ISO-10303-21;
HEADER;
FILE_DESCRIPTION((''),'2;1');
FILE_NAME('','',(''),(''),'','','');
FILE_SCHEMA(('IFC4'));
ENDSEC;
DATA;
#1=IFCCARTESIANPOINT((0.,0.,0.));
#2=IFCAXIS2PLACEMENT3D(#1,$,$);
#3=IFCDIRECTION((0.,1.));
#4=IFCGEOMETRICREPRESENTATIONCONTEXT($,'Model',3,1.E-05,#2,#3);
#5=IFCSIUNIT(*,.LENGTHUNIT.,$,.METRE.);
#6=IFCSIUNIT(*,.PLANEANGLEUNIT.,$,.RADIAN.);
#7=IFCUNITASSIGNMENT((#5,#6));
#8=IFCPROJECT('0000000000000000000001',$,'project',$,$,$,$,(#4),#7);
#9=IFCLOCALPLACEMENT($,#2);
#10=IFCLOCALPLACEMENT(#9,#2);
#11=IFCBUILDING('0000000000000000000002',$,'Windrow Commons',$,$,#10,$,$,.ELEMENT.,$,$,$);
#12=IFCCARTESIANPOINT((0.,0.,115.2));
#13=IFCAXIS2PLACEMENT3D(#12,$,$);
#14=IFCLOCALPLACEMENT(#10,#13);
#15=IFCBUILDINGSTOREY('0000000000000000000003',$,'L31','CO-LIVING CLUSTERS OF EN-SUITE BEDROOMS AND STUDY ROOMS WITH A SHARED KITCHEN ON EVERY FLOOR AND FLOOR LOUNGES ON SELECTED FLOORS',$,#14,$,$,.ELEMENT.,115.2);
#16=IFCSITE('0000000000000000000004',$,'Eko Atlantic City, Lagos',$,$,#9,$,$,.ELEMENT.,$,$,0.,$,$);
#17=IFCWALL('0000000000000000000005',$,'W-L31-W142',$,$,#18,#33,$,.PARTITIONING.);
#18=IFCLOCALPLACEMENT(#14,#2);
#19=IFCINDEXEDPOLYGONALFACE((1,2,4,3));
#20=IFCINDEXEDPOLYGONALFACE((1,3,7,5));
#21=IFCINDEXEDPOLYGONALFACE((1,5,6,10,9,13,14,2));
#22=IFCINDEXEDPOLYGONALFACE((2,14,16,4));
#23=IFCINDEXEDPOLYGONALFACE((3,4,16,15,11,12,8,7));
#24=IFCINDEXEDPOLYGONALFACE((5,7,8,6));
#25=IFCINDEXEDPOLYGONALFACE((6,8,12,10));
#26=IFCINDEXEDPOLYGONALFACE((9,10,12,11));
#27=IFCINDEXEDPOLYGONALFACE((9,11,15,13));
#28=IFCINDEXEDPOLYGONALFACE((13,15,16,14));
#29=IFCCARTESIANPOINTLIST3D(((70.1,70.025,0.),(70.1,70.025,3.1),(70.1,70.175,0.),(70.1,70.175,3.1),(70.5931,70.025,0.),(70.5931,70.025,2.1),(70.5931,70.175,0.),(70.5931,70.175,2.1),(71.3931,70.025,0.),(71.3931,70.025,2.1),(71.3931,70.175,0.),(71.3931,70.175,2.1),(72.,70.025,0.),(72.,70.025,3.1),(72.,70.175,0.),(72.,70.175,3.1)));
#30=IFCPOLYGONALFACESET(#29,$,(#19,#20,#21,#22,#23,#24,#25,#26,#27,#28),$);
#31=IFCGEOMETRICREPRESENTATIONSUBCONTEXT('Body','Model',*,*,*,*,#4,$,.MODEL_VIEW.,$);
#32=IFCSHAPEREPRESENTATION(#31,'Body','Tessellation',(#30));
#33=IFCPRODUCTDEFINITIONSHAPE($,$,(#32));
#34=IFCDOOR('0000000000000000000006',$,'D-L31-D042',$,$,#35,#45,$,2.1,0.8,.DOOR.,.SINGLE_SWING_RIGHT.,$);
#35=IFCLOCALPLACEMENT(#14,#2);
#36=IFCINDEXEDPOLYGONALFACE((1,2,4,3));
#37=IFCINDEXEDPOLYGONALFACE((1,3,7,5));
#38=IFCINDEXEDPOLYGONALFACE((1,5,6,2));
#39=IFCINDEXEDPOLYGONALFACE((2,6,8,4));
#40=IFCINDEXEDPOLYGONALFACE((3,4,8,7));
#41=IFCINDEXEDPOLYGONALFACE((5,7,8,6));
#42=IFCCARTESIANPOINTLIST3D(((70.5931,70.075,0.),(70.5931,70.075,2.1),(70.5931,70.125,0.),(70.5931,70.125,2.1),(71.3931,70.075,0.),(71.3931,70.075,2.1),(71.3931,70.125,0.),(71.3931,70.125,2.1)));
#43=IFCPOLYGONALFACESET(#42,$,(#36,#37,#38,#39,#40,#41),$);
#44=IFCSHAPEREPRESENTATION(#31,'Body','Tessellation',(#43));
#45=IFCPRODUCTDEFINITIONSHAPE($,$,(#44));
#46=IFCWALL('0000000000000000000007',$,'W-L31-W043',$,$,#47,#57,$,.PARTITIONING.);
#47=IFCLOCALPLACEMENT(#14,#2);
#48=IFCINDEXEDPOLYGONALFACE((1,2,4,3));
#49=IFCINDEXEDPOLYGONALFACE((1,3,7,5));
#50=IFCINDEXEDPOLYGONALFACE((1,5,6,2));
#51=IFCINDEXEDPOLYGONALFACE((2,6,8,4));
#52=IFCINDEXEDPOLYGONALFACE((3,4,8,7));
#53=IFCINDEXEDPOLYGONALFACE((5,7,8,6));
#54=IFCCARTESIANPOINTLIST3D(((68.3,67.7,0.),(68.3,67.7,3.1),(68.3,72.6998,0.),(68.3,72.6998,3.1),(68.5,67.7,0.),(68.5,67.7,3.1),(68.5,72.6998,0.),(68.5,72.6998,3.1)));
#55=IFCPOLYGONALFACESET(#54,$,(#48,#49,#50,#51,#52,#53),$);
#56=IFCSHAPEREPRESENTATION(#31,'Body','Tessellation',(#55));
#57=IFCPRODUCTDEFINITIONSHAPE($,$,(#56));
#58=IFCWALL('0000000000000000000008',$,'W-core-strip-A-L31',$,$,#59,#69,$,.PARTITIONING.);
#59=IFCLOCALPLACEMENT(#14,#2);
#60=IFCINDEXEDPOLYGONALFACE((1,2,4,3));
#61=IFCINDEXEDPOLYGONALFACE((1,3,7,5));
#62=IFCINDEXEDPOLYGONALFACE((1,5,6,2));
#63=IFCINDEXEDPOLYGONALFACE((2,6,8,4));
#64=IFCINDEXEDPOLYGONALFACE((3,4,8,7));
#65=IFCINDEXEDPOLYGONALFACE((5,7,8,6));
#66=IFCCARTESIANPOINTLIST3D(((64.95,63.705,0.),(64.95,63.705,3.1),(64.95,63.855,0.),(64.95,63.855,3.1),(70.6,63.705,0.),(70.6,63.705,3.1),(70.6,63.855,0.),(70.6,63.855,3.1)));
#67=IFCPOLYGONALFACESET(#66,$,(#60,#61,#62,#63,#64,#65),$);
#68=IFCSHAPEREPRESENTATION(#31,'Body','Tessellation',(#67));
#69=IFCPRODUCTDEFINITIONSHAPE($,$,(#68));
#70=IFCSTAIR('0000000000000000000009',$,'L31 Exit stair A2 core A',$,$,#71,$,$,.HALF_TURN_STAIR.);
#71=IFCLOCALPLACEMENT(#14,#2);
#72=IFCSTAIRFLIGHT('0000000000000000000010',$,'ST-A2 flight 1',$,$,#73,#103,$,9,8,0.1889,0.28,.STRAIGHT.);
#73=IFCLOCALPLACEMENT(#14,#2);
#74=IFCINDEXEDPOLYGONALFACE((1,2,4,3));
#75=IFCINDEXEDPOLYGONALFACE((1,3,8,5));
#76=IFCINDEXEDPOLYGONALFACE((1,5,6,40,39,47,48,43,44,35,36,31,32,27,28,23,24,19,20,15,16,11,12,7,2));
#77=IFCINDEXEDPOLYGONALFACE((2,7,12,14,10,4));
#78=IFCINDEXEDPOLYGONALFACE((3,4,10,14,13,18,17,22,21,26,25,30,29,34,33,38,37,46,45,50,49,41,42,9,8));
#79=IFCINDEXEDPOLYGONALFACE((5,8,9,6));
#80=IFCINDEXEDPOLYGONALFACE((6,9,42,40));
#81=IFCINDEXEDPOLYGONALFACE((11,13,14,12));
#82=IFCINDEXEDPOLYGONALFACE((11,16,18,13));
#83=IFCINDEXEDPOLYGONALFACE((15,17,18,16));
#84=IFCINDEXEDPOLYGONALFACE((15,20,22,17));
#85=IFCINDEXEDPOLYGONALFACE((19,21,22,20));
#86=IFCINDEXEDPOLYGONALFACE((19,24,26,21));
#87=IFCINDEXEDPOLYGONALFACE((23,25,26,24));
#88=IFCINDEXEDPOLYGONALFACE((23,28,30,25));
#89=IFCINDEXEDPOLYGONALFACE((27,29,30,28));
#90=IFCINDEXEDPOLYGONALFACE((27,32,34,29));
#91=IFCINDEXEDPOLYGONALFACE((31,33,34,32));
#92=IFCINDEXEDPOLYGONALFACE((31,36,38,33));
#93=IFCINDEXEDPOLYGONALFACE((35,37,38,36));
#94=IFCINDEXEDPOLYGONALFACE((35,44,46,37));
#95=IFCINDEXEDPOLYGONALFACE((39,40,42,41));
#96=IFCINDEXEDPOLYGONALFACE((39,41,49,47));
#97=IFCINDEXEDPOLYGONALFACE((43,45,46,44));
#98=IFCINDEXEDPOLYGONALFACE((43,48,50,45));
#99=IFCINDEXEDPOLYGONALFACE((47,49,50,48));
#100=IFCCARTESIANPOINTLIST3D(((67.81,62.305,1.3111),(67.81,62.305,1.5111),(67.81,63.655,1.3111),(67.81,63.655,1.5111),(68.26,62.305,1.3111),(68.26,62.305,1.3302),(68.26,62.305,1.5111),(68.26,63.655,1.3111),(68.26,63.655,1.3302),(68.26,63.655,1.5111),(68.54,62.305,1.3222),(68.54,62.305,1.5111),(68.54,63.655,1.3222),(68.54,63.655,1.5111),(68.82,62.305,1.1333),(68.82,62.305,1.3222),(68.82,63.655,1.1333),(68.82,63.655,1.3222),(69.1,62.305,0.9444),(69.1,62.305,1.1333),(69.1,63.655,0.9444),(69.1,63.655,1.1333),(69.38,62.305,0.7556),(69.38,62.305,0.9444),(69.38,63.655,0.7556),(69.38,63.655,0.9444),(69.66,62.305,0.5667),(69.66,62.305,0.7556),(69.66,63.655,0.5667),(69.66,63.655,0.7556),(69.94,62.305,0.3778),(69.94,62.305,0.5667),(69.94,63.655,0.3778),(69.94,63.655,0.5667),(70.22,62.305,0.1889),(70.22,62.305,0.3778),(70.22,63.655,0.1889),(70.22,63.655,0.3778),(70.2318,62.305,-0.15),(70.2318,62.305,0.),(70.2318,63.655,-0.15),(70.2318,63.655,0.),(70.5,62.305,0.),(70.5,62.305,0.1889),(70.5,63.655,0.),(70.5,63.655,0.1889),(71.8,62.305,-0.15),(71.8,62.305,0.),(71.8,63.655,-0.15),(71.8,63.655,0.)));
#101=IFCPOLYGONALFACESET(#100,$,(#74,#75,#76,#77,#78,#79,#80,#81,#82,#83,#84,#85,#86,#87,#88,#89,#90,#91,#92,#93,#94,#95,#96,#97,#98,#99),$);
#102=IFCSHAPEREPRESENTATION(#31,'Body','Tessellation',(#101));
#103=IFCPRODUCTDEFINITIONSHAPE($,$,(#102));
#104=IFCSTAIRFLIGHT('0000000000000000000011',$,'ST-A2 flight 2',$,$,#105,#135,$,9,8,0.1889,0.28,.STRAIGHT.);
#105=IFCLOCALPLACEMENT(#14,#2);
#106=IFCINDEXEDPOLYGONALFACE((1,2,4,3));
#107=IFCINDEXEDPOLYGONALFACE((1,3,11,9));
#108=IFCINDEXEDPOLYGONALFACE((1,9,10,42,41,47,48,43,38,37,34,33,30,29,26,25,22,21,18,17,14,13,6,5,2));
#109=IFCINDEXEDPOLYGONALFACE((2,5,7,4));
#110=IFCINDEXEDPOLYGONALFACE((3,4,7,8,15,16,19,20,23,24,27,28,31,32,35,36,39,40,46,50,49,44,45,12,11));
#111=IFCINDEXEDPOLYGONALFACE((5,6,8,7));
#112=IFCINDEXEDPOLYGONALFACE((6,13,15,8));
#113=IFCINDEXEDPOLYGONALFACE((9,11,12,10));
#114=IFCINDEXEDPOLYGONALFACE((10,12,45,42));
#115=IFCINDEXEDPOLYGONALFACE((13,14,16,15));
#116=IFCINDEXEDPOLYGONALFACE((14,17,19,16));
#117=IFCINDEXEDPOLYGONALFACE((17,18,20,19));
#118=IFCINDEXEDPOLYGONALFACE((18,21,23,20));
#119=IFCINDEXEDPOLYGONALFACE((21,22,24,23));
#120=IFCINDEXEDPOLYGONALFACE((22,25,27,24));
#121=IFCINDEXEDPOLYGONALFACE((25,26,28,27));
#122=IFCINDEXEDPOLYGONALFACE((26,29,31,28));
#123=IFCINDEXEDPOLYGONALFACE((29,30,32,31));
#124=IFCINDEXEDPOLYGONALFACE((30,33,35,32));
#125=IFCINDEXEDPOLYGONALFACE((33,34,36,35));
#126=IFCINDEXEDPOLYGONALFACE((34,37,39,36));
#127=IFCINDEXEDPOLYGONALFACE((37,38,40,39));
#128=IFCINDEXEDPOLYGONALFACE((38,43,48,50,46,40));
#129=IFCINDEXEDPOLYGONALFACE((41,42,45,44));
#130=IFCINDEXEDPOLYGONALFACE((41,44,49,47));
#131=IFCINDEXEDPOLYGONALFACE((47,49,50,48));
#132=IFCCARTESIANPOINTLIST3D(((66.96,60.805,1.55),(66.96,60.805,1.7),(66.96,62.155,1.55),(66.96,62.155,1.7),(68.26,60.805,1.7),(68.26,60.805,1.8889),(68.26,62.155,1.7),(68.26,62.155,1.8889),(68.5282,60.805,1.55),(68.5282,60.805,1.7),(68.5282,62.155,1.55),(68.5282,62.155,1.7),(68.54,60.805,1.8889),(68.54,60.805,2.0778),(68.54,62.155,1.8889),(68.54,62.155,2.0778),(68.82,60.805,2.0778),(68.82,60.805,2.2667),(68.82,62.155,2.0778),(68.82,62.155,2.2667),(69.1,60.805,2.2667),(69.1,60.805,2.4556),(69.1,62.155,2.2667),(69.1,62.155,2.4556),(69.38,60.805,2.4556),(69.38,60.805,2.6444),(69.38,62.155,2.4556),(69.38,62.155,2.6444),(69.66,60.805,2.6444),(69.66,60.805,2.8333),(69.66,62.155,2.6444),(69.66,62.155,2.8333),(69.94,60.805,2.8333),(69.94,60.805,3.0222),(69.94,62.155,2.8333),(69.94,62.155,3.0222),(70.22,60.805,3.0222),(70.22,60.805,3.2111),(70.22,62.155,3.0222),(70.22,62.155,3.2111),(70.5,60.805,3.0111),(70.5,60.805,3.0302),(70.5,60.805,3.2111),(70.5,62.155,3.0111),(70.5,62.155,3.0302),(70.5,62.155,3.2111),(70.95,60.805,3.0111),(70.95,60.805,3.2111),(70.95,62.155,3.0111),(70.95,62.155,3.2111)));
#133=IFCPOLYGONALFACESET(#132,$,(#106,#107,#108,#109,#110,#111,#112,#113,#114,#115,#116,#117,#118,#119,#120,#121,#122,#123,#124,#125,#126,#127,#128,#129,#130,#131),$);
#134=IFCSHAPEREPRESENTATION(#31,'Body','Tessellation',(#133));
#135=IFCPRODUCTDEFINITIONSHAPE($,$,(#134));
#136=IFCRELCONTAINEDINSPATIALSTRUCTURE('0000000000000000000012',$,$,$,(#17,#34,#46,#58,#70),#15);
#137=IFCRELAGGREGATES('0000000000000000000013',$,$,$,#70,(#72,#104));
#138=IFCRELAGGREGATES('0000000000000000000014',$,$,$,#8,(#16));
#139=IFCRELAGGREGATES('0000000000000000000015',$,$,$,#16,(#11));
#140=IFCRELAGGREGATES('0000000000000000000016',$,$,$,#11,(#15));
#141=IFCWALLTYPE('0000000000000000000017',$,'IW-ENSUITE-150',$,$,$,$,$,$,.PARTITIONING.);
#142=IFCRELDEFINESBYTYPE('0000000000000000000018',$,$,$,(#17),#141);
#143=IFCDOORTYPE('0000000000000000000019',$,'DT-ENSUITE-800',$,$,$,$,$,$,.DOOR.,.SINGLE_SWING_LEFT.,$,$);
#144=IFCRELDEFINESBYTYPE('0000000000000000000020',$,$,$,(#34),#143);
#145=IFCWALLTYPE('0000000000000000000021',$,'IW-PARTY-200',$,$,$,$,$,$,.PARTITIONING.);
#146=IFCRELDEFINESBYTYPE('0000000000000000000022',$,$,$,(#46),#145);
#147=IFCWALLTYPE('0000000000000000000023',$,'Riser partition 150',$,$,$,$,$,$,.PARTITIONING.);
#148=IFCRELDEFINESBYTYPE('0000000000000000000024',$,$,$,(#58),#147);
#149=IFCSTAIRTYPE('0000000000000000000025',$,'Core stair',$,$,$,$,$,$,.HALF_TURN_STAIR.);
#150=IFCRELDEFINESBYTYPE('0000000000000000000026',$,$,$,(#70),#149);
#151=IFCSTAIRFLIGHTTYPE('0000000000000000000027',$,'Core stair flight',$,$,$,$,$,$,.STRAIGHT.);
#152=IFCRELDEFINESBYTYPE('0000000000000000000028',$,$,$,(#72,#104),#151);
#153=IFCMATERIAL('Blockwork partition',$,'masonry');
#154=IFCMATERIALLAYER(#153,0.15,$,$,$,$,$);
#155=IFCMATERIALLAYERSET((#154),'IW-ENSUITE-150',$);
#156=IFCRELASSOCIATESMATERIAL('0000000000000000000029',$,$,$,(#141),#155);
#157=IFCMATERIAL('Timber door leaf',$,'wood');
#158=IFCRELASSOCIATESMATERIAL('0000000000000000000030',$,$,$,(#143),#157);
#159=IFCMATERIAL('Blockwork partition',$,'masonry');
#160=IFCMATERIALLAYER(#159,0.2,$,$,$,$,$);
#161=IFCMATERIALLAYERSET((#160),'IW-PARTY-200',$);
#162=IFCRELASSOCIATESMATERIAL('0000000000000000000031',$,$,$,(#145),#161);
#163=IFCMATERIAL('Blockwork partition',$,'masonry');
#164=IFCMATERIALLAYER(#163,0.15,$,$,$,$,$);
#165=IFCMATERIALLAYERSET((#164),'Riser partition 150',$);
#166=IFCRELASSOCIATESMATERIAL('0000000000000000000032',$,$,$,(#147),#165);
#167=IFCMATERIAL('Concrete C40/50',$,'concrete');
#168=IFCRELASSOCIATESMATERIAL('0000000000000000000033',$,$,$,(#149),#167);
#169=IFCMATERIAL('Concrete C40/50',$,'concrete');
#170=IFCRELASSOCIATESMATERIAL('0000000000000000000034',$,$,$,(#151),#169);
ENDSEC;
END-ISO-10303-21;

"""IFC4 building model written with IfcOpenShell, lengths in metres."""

from ifc_helpers import new_model, si_unit, direction, frame, frame_2d, origin, place, context, subcontext, project, spatial, polyline, rectangle, outline, extrude, material, layer, layer_set, type_object, element, fill, aggregate, save


model = new_model("IFC4")

# Units and contexts
model_context = context("Model", 3, precision=1e-05, world=origin(), true_north=direction((0.0, 1.0)))
body_context = subcontext(model_context, "Body", "Model", "MODEL_VIEW")
ifc_project = project(units=[si_unit("LENGTHUNIT", "METRE"), si_unit("PLANEANGLEUNIT", "RADIAN")], contexts=[model_context])

# Site, building, storey
site_placement = place(None, origin())
site = spatial("IfcSite", under=ifc_project, at=site_placement, Name="Eko Atlantic City, Lagos", CompositionType="ELEMENT", RefElevation=0.0)
building_placement = place(site_placement, origin())
building = spatial("IfcBuilding", under=site, at=building_placement, Name="Windrow Commons", CompositionType="ELEMENT")
storey_placement = place(building_placement, frame((0.0, 0.0, 115.2)))
storey = spatial("IfcBuildingStorey", under=building, at=storey_placement, Name="L31", Description="CO-LIVING CLUSTERS OF EN-SUITE BEDROOMS AND STUDY ROOMS WITH A SHARED KITCHEN ON EVERY FLOOR AND FLOOR LOUNGES ON SELECTED FLOORS", CompositionType="ELEMENT", Elevation=115.2)

# Shared definitions
ifc_material_1 = material(Name="Blockwork partition", Category="masonry")
ifc_layer_1 = layer(ifc_material_1, 0.15)
ifc_layer_set_1 = layer_set([ifc_layer_1], Name="IW-ENSUITE-150")
wall_type_1 = type_object("IfcWallType", Name="IW-ENSUITE-150", PredefinedType="PARTITIONING", material=ifc_layer_set_1)

# Wall, opening, door
wall_1_placement = place(storey_placement, frame((70.1, 70.1, 0.0), z_axis=(0.0, 0.0, 1.0), x_axis=(1.0, 0.0, 0.0)))
wall_1 = element("IfcWall", 1, at=wall_1_placement, inside=storey, type_object=wall_type_1, Name="W-L31-W142", PredefinedType="PARTITIONING", context=body_context, shape_type="SweptSolid", body=[
    extrude(rectangle(XDim=1.9, YDim=0.15, at=frame_2d((0.95, 0.0))), origin(), (0.0, 0.0, 1.0), 3.1),
])
opening_1_placement = place(wall_1_placement, frame((0.4931, 0.0, 0.0)))
opening_1 = element("IfcOpeningElement", 2, at=opening_1_placement, cuts=wall_1, PredefinedType="OPENING", context=body_context, shape_type="SweptSolid", body=[
    extrude(rectangle(XDim=0.8, YDim=2.1, at=frame_2d((0.4, 1.05))), frame((0.0, 0.085, 0.0), z_axis=(0.0, -1.0, 0.0), x_axis=(1.0, 0.0, 0.0)), (0.0, 0.0, 1.0), 0.17),
])
ifc_material_2 = material(Name="Timber door leaf", Category="wood")
door_type = type_object("IfcDoorType", Name="DT-ENSUITE-800", OperationType="SINGLE_SWING_LEFT", PredefinedType="DOOR", material=ifc_material_2)
door_placement = place(opening_1_placement, origin())
door = element("IfcDoor", 3, at=door_placement, inside=storey, type_object=door_type, Name="D-L31-D042", OperationType="SINGLE_SWING_RIGHT", OverallHeight=2.1, OverallWidth=0.8, PredefinedType="DOOR", context=body_context, shape_type="SweptSolid", body=[
    extrude(rectangle(XDim=0.8, YDim=2.1, at=frame_2d((0.4, 1.05))), frame((0.0, 0.025, 0.0), z_axis=(0.0, -1.0, 0.0), x_axis=(1.0, 0.0, 0.0)), (0.0, 0.0, 1.0), 0.05),
])
fill(opening_1, door)

# Walls
ifc_material_3 = material(Name="Blockwork partition", Category="masonry")
ifc_layer_2 = layer(ifc_material_3, 0.2)
ifc_layer_set_2 = layer_set([ifc_layer_2], Name="IW-PARTY-200")
wall_type_2 = type_object("IfcWallType", Name="IW-PARTY-200", PredefinedType="PARTITIONING", material=ifc_layer_set_2)
wall_2_placement = place(storey_placement, frame((68.4, 67.7, 0.0), z_axis=(0.0, 0.0, 1.0), x_axis=(0.0, 1.0, 0.0)))
element("IfcWall", 4, at=wall_2_placement, inside=storey, type_object=wall_type_2, Name="W-L31-W043", PredefinedType="PARTITIONING", context=body_context, shape_type="SweptSolid", body=[
    extrude(rectangle(XDim=4.9998, YDim=0.2, at=frame_2d((2.4999, 0.0))), origin(), (0.0, 0.0, 1.0), 3.1),
])
ifc_material_4 = material(Name="Blockwork partition", Category="masonry")
ifc_layer_3 = layer(ifc_material_4, 0.15)
ifc_layer_set_3 = layer_set([ifc_layer_3], Name="Riser partition 150")
wall_type_3 = type_object("IfcWallType", Name="Riser partition 150", PredefinedType="PARTITIONING", material=ifc_layer_set_3)
wall_3_placement = place(storey_placement, frame((64.95, 63.78, 0.0), z_axis=(0.0, 0.0, 1.0), x_axis=(1.0, 0.0, 0.0)))
element("IfcWall", 5, at=wall_3_placement, inside=storey, type_object=wall_type_3, Name="W-core-strip-A-L31", PredefinedType="PARTITIONING", context=body_context, shape_type="SweptSolid", body=[
    extrude(rectangle(XDim=5.65, YDim=0.15, at=frame_2d((2.825, 0.0))), origin(), (0.0, 0.0, 1.0), 3.1),
])

# Stair, stair flights
ifc_material_5 = material(Name="Concrete C40/50", Category="concrete")
stair_type = type_object("IfcStairType", Name="Core stair", PredefinedType="HALF_TURN_STAIR", material=ifc_material_5)
stair_placement = place(storey_placement, origin())
stair = element("IfcStair", 6, at=stair_placement, inside=storey, type_object=stair_type, Name="L31 Exit stair A2 core A", PredefinedType="HALF_TURN_STAIR")
ifc_material_6 = material(Name="Concrete C40/50", Category="concrete")
stair_flight_type = type_object("IfcStairFlightType", Name="Core stair flight", PredefinedType="STRAIGHT", material=ifc_material_6)
stair_flight_1_placement = place(storey_placement, frame((70.5, 62.98, 0.0), z_axis=(0.0, 0.0, 1.0), x_axis=(-1.0, 0.0, 0.0)))
stair_flight_1 = element("IfcStairFlight", 7, at=stair_flight_1_placement, type_object=stair_flight_type, Name="ST-A2 flight 1", NumberOfRisers=9, NumberOfTreads=8, PredefinedType="STRAIGHT", RiserHeight=0.1889, TreadLength=0.28, context=body_context, shape_type="SweptSolid", body=[
    extrude(outline(polyline([(-1.3, -0.15), (-1.3, 0.0), (0.0, 0.0), (0.0, 0.1889), (0.28, 0.1889), (0.28, 0.3778), (0.56, 0.3778), (0.56, 0.5667), (0.84, 0.5667), (0.84, 0.7556), (1.12, 0.7556), (1.12, 0.9444), (1.4, 0.9444), (1.4, 1.1333), (1.68, 1.1333), (1.68, 1.3222), (1.96, 1.3222), (1.96, 1.5111), (2.24, 1.5111), (2.69, 1.5111), (2.69, 1.3111), (2.24, 1.3111), (2.24, 1.3302), (0.2682, 0.0), (0.2682, -0.15), (-1.3, -0.15)])), frame((0.0, 0.675, 0.0), z_axis=(0.0, -1.0, 0.0), x_axis=(1.0, 0.0, 0.0)), (0.0, 0.0, 1.0), 1.35),
])
stair_flight_2_placement = place(storey_placement, frame((68.26, 61.48, 1.7), z_axis=(0.0, 0.0, 1.0), x_axis=(1.0, 0.0, 0.0)))
stair_flight_2 = element("IfcStairFlight", 8, at=stair_flight_2_placement, type_object=stair_flight_type, Name="ST-A2 flight 2", NumberOfRisers=9, NumberOfTreads=8, PredefinedType="STRAIGHT", RiserHeight=0.1889, TreadLength=0.28, context=body_context, shape_type="SweptSolid", body=[
    extrude(outline(polyline([(-1.3, -0.15), (-1.3, 0.0), (0.0, 0.0), (0.0, 0.1889), (0.28, 0.1889), (0.28, 0.3778), (0.56, 0.3778), (0.56, 0.5667), (0.84, 0.5667), (0.84, 0.7556), (1.12, 0.7556), (1.12, 0.9444), (1.4, 0.9444), (1.4, 1.1333), (1.68, 1.1333), (1.68, 1.3222), (1.96, 1.3222), (1.96, 1.5111), (2.24, 1.5111), (2.69, 1.5111), (2.69, 1.3111), (2.24, 1.3111), (2.24, 1.3302), (0.2682, 0.0), (0.2682, -0.15), (-1.3, -0.15)])), frame((0.0, 0.675, 0.0), z_axis=(0.0, -1.0, 0.0), x_axis=(1.0, 0.0, 0.0)), (0.0, 0.0, 1.0), 1.35),
])
aggregate(stair, [stair_flight_1, stair_flight_2])

save(model, "model.ifc")
